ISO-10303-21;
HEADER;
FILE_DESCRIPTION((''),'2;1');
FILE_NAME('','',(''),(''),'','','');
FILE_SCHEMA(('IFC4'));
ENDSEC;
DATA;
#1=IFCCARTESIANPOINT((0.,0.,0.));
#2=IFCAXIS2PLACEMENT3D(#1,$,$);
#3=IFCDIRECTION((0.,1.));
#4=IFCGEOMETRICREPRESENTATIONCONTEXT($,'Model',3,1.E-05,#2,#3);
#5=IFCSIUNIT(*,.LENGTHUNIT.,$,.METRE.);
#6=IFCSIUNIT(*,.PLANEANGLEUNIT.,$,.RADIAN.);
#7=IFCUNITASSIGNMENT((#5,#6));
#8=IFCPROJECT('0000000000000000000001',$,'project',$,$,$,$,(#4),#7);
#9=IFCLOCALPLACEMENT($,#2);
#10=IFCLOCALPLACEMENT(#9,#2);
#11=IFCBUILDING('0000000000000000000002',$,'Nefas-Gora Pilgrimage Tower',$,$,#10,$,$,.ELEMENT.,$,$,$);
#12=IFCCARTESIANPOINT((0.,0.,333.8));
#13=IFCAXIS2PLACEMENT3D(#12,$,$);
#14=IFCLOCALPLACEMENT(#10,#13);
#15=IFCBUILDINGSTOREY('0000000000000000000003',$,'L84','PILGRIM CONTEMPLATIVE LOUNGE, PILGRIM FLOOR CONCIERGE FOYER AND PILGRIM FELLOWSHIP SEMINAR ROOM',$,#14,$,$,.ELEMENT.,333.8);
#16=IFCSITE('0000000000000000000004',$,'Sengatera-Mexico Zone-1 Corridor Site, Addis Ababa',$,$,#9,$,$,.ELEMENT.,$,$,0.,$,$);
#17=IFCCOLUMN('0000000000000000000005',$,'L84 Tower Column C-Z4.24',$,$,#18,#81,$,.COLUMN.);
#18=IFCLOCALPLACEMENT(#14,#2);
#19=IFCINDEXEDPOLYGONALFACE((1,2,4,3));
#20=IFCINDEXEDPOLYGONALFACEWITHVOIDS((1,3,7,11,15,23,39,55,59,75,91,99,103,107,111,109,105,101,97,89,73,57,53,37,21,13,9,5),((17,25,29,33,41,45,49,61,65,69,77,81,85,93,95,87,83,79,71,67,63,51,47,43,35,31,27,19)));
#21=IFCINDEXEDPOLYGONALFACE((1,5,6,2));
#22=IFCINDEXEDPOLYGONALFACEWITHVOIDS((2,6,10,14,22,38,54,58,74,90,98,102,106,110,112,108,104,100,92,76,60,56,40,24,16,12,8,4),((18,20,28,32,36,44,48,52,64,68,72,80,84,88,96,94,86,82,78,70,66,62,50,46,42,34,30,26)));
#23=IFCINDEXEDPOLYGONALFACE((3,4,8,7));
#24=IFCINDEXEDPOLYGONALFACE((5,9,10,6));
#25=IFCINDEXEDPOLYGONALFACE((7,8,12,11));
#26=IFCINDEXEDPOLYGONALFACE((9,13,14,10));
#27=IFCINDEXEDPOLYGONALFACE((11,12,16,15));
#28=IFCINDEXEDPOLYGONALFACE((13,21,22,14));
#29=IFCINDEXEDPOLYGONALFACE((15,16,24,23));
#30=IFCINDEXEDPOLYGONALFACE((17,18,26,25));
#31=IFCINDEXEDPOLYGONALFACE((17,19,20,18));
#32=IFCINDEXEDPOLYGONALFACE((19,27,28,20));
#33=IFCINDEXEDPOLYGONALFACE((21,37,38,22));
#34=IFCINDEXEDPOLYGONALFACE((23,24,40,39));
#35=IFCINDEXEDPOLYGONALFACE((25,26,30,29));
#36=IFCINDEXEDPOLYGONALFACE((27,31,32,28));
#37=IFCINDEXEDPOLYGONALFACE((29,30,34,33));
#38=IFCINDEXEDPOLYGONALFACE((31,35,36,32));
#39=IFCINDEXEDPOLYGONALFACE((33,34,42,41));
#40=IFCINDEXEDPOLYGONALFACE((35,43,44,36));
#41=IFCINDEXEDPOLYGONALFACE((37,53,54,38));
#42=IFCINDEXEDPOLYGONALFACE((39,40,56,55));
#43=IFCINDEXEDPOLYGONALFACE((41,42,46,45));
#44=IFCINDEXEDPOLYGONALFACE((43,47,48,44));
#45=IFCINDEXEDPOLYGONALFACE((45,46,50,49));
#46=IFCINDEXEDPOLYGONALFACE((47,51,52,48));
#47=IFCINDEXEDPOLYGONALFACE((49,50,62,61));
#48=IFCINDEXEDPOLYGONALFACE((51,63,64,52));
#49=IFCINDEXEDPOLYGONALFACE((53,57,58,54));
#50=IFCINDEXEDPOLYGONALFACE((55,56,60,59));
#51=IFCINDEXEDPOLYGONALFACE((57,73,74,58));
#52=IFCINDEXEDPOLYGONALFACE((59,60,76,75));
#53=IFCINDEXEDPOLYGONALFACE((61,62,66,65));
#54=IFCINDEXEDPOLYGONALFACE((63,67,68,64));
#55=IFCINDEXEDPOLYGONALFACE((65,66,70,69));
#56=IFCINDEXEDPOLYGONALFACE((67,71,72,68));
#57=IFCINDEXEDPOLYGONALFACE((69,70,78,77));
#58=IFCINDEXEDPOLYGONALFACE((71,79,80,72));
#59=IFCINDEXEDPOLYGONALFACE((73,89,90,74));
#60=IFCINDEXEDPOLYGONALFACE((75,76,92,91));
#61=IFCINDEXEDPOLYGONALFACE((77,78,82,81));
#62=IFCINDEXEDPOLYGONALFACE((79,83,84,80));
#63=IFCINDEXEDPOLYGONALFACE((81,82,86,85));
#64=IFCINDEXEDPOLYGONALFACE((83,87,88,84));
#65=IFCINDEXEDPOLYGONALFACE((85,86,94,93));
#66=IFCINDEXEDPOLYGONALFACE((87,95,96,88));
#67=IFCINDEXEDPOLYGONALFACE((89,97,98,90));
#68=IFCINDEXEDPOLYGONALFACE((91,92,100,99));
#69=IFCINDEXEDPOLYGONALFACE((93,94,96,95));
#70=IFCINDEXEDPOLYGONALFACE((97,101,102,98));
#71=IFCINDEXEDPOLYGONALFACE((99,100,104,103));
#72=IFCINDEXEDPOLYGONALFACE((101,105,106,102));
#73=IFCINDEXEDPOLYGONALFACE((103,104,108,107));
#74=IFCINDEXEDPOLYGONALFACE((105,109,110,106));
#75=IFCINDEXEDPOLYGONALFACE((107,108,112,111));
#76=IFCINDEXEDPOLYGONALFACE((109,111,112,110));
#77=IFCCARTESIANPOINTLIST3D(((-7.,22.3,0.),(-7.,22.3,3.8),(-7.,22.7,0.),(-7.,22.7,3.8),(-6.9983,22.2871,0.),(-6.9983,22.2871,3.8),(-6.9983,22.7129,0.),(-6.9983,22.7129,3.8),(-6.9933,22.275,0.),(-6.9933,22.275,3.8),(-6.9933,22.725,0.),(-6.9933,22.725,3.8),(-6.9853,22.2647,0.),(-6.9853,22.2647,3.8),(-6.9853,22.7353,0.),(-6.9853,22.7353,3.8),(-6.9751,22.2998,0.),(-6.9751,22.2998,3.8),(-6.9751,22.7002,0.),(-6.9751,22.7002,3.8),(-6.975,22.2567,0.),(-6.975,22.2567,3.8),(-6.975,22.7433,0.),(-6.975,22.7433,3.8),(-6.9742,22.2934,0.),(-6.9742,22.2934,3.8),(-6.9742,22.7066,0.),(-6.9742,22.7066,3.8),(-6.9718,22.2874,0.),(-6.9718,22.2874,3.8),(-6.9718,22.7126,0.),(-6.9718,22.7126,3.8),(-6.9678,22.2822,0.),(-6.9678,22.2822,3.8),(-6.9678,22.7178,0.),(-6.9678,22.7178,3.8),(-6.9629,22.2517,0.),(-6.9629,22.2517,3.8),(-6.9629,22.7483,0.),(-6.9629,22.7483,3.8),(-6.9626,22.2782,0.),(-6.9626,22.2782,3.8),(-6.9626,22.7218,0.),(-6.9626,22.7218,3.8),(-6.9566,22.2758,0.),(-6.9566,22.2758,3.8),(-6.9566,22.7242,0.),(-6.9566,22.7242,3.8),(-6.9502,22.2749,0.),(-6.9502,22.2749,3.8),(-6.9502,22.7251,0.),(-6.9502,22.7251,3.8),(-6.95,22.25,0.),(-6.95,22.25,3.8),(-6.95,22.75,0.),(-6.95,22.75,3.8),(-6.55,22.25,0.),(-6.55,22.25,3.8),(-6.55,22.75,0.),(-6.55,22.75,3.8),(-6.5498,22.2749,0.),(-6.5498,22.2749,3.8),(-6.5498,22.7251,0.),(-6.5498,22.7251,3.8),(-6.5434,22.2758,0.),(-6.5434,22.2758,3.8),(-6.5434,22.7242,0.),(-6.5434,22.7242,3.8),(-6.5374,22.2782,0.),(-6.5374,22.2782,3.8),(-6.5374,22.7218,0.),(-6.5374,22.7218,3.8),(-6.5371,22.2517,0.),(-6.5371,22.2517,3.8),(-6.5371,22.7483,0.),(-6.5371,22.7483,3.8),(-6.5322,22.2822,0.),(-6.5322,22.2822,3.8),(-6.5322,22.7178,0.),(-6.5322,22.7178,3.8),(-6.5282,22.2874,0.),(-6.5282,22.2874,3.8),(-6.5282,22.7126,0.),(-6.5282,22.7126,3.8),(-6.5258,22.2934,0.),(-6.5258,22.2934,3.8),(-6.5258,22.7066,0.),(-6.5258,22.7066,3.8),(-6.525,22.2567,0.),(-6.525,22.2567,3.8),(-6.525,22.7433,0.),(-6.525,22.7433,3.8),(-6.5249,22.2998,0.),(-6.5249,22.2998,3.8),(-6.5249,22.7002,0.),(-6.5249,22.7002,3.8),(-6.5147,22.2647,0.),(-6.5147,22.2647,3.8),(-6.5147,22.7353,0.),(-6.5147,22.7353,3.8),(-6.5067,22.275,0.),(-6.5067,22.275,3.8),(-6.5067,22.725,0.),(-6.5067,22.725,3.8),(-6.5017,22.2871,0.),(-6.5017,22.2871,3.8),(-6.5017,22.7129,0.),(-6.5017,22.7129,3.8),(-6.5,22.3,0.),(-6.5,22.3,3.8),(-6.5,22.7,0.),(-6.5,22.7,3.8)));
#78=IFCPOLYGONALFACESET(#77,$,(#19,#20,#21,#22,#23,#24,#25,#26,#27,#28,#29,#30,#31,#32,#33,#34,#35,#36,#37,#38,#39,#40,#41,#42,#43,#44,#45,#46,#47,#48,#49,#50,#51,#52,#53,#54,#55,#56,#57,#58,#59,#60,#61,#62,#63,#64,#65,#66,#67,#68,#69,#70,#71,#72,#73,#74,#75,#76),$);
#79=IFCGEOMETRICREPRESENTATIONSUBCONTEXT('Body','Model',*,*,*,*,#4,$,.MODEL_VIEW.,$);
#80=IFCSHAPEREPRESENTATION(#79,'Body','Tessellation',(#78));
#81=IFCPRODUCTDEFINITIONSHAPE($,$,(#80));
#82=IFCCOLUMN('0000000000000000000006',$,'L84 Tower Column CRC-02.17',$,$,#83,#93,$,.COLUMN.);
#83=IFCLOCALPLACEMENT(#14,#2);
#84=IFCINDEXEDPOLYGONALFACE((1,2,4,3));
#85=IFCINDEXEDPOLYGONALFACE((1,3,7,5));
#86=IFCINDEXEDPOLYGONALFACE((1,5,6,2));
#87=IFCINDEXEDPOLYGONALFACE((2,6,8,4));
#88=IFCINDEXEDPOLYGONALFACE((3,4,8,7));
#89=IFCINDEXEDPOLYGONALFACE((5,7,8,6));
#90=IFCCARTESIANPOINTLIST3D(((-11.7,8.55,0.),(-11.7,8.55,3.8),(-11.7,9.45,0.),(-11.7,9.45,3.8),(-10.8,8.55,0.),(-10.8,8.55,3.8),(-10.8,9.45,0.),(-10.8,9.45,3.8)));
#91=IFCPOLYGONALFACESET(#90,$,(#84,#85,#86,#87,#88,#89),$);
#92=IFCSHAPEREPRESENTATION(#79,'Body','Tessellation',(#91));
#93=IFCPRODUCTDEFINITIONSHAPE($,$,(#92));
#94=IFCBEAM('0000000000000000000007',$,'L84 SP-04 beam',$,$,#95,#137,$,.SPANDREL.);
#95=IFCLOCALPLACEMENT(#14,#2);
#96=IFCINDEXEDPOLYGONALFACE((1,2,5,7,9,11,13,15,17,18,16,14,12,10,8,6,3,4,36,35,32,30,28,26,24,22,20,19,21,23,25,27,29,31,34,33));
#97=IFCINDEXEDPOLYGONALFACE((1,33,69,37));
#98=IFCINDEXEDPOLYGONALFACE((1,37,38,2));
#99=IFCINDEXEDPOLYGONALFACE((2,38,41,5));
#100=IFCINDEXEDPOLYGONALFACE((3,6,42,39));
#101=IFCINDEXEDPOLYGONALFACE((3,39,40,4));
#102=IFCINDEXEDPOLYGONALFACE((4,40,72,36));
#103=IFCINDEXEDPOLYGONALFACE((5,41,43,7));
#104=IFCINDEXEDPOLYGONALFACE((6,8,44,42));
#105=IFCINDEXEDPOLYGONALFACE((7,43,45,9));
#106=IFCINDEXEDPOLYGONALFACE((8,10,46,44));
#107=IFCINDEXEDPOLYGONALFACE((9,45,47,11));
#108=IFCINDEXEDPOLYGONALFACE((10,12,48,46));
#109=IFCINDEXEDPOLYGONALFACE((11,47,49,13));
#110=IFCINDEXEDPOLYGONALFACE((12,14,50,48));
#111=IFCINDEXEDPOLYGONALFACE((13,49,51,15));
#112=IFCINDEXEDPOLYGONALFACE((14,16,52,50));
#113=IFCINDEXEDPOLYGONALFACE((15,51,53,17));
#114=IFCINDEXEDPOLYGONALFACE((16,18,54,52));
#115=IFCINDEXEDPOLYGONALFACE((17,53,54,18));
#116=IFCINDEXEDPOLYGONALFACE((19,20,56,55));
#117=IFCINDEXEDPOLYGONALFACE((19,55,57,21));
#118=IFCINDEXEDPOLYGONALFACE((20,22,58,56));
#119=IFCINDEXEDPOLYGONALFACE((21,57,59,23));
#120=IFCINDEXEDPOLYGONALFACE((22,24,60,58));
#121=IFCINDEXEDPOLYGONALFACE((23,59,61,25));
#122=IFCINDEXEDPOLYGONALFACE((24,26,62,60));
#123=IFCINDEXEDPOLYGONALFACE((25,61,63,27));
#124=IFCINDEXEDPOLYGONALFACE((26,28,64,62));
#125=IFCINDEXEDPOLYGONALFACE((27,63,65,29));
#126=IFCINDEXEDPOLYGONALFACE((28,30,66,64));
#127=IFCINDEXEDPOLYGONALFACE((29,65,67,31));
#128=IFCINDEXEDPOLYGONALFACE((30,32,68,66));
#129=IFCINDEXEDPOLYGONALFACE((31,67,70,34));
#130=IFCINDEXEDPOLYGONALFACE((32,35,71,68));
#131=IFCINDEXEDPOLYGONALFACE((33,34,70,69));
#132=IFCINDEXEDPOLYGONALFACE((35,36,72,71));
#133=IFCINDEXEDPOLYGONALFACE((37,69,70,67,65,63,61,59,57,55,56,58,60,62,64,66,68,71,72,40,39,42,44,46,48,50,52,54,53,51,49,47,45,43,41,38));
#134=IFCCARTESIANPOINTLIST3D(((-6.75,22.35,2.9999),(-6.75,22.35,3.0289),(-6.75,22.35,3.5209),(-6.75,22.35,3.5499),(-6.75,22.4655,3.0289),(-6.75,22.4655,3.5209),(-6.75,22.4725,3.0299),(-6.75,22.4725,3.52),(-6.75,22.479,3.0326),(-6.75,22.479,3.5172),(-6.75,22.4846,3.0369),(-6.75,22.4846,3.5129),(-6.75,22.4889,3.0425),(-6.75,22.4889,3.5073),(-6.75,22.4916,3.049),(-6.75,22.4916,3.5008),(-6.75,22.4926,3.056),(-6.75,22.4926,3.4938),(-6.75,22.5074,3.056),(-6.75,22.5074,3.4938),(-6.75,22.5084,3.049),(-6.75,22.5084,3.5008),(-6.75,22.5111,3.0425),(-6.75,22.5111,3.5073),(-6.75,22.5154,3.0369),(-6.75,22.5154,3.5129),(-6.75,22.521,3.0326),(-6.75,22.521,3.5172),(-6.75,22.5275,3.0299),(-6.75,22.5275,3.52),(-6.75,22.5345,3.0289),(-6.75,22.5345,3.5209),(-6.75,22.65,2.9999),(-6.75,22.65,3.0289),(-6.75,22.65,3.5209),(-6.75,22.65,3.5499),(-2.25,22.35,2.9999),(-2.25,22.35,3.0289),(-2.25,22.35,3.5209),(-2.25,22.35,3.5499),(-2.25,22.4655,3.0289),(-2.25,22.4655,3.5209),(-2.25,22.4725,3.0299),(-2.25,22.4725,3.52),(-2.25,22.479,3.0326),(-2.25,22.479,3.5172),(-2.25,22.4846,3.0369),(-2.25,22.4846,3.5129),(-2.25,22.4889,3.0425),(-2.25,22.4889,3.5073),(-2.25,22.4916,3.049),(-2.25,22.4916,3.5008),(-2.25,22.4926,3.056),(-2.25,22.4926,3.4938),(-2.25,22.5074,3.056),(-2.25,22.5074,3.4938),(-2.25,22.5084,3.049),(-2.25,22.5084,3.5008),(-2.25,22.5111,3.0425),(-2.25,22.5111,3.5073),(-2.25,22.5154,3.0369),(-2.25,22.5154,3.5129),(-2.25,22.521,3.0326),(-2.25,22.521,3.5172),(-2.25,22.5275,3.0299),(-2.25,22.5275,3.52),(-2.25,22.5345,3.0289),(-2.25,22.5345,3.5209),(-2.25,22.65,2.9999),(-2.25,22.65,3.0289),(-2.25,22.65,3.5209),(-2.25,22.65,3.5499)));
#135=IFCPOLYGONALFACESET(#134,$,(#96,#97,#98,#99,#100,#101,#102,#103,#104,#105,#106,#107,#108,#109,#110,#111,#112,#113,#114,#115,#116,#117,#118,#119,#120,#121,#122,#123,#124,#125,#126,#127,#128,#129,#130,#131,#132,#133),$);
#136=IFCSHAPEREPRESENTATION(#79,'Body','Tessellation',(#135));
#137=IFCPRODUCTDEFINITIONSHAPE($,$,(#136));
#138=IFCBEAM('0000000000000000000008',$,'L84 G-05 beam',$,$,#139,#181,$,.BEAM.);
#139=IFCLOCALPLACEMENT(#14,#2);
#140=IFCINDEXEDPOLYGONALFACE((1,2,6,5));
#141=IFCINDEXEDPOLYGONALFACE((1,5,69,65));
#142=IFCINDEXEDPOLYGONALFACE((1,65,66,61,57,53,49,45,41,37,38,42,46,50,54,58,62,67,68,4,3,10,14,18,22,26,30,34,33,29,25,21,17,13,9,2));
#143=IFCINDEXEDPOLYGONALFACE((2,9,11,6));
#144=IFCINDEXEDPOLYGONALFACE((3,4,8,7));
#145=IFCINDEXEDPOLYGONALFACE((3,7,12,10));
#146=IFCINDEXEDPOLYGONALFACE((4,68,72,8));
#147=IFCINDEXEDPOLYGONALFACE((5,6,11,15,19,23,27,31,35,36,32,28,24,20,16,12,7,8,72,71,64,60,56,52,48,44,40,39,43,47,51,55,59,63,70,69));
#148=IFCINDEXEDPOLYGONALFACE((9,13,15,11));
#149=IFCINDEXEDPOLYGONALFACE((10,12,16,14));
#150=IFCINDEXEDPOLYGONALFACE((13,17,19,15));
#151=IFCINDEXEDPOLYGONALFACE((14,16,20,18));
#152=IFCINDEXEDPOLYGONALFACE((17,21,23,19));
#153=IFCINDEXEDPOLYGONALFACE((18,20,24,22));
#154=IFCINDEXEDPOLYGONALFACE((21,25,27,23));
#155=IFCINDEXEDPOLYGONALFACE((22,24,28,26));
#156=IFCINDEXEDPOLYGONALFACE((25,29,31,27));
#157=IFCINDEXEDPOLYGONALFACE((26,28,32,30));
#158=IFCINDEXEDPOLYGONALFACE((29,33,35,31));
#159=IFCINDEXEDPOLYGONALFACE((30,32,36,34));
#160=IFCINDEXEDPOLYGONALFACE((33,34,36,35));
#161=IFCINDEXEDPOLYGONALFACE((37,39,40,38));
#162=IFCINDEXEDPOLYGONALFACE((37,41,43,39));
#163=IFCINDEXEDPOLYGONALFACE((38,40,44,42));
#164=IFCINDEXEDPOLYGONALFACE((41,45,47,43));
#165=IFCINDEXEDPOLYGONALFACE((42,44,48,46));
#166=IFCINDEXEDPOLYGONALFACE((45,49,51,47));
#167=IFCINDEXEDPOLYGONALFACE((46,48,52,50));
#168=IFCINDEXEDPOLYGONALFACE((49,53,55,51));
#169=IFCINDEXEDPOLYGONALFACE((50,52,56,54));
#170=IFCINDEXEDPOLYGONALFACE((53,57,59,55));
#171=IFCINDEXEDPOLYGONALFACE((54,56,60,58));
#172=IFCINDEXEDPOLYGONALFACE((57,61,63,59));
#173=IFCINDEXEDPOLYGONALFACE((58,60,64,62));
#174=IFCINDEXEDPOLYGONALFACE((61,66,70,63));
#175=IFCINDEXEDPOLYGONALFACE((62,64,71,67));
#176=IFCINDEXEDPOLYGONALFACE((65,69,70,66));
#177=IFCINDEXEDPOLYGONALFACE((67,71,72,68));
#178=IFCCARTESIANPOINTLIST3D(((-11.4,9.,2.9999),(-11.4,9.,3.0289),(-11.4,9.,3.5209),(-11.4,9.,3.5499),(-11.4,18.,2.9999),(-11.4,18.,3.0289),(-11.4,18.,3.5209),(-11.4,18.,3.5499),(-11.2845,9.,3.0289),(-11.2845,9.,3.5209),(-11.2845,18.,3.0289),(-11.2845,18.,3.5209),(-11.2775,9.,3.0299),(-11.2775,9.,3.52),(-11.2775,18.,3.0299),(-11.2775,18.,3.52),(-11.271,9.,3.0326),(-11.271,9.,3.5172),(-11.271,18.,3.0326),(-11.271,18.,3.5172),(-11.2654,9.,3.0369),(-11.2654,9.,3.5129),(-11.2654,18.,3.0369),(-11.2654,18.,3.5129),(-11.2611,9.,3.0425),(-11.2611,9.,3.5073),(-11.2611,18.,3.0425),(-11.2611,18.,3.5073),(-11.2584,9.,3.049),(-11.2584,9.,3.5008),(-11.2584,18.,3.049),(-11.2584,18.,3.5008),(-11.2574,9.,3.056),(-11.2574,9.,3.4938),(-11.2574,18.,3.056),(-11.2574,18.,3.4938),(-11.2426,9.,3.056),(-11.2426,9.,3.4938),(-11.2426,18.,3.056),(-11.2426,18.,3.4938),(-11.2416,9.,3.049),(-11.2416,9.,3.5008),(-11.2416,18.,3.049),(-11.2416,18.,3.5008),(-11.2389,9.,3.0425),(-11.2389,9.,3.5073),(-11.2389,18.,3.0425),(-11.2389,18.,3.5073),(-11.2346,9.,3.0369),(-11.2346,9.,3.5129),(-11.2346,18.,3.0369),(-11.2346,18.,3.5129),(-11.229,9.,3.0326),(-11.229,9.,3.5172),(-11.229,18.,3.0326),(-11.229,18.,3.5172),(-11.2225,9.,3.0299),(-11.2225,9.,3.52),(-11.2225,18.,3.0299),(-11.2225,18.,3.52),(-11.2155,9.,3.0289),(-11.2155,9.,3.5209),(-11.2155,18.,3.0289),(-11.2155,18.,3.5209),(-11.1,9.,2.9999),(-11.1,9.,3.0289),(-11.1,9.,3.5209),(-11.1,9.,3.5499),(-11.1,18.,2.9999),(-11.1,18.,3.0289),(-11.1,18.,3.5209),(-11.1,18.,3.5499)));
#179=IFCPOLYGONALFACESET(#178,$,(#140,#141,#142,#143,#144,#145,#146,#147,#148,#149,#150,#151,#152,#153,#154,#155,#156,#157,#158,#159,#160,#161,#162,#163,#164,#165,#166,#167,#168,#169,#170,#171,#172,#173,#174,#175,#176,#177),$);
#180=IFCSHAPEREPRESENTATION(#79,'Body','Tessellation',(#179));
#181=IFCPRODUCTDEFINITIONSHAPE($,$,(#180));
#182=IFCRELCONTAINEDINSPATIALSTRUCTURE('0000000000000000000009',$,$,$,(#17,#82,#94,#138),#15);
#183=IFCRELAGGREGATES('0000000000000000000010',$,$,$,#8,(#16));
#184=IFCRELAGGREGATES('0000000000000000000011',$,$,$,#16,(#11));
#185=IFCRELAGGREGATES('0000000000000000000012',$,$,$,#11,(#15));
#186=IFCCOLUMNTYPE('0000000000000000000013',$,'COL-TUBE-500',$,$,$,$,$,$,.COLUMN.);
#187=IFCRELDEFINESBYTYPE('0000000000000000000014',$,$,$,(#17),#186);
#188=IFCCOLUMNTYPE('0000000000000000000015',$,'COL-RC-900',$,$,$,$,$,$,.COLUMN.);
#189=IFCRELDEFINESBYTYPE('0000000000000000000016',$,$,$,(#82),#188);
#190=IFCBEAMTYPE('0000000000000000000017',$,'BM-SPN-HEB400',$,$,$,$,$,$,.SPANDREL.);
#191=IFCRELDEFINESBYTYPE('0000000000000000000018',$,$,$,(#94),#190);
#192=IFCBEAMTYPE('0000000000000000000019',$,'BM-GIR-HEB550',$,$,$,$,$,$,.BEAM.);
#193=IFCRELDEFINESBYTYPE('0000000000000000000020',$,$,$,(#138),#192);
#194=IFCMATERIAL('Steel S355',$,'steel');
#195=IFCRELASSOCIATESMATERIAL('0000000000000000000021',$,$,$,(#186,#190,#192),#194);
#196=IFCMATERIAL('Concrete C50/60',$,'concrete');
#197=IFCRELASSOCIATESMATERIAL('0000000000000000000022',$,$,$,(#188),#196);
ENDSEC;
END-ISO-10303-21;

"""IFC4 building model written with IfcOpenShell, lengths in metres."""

from ifc_helpers import new_model, si_unit, direction, frame, origin, origin_2d, place, context, subcontext, project, spatial, rectangle, hollow_rectangle, i_section, extrude, source, transform, mapped, material, material_profile, profile_set, type_object, element, save


model = new_model("IFC4")

# Units and contexts
model_context = context("Model", 3, precision=1e-05, world=origin(), true_north=direction((0.0, 1.0)))
body_context = subcontext(model_context, "Body", "Model", "MODEL_VIEW")
ifc_project = project(units=[si_unit("LENGTHUNIT", "METRE"), si_unit("PLANEANGLEUNIT", "RADIAN")], contexts=[model_context])

# Site, building, storey
site_placement = place(None, origin())
site = spatial("IfcSite", under=ifc_project, at=site_placement, Name="Sengatera-Mexico Zone-1 Corridor Site, Addis Ababa", CompositionType="ELEMENT", RefElevation=0.0)
building_placement = place(site_placement, origin())
building = spatial("IfcBuilding", under=site, at=building_placement, Name="Nefas-Gora Pilgrimage Tower", CompositionType="ELEMENT")
storey_placement = place(building_placement, frame((0.0, 0.0, 333.8)))
storey = spatial("IfcBuildingStorey", under=building, at=storey_placement, Name="L84", Description="PILGRIM CONTEMPLATIVE LOUNGE, PILGRIM FLOOR CONCIERGE FOYER AND PILGRIM FELLOWSHIP SEMINAR ROOM", CompositionType="ELEMENT", Elevation=333.8)

# Columns
ifc_material_1 = material(Name="Steel S355", Category="steel")
ifc_material_profile_1 = material_profile(ifc_material_1, hollow_rectangle(XDim=0.5, YDim=0.5, WallThickness=0.0249, InnerFilletRadius=0.0249, OuterFilletRadius=0.05, at=origin_2d()), Name="SHS 500x500x25")
ifc_profile_set_1 = profile_set([ifc_material_profile_1], Name="Steel S355")
column_type_1 = type_object("IfcColumnType", Name="COL-TUBE-500", PredefinedType="COLUMN", material=ifc_profile_set_1)
shared_shape_1 = source(origin(), body_context, "Body", "SweptSolid", [
    extrude(hollow_rectangle(XDim=0.5, YDim=0.5, WallThickness=0.0249, InnerFilletRadius=0.0249, OuterFilletRadius=0.05, at=origin_2d()), origin(), (0.0, 0.0, 1.0), 3.8),
])
column_1_placement = place(storey_placement, frame((-6.75, 22.5, 0.0), z_axis=(0.0, 0.0, 1.0), x_axis=(1.0, 0.0, 0.0)))
element("IfcColumn", 1, at=column_1_placement, inside=storey, type_object=column_type_1, Name="L84 Tower Column C-Z4.24", PredefinedType="COLUMN", context=body_context, shape_type="MappedRepresentation", body=[
    mapped(shared_shape_1, transform((0.0, 0.0, 0.0), x_axis=(1.0, 0.0, 0.0), y_axis=(0.0, 1.0, 0.0), z_axis=(0.0, 0.0, 1.0), scale=1.0)),
])
ifc_material_2 = material(Name="Concrete C50/60", Category="concrete")
ifc_material_profile_2 = material_profile(ifc_material_2, rectangle(XDim=0.8999, YDim=0.8999, at=origin_2d()), Name="RC 900x900")
ifc_profile_set_2 = profile_set([ifc_material_profile_2], Name="Concrete C50/60")
column_type_2 = type_object("IfcColumnType", Name="COL-RC-900", PredefinedType="COLUMN", material=ifc_profile_set_2)
shared_shape_2 = source(origin(), body_context, "Body", "SweptSolid", [
    extrude(rectangle(XDim=0.8999, YDim=0.8999, at=origin_2d()), origin(), (0.0, 0.0, 1.0), 3.8),
])
column_2_placement = place(storey_placement, frame((-11.25, 9.0, 0.0), z_axis=(0.0, 0.0, 1.0), x_axis=(1.0, 0.0, 0.0)))
element("IfcColumn", 2, at=column_2_placement, inside=storey, type_object=column_type_2, Name="L84 Tower Column CRC-02.17", PredefinedType="COLUMN", context=body_context, shape_type="MappedRepresentation", body=[
    mapped(shared_shape_2, transform((0.0, 0.0, 0.0), x_axis=(1.0, 0.0, 0.0), y_axis=(0.0, 1.0, 0.0), z_axis=(0.0, 0.0, 1.0), scale=1.0)),
])

# Beams
ifc_material_profile_3 = material_profile(ifc_material_1, i_section(OverallWidth=0.3, OverallDepth=0.55, WebThickness=0.0149, FlangeThickness=0.0291, FilletRadius=0.0271, at=origin_2d()), Name="HEB 550")
ifc_profile_set_3 = profile_set([ifc_material_profile_3], Name="Steel S355")
beam_type_1 = type_object("IfcBeamType", Name="BM-SPN-HEB400", PredefinedType="SPANDREL", material=ifc_profile_set_3)
shared_shape_3 = source(origin(), body_context, "Body", "SweptSolid", [
    extrude(i_section(OverallWidth=0.3, OverallDepth=0.55, WebThickness=0.0149, FlangeThickness=0.0291, FilletRadius=0.0271, at=origin_2d()), origin(), (0.0, 0.0, 1.0), 4.5),
])
beam_1_placement = place(storey_placement, frame((-6.75, 22.5, 3.2749), z_axis=(1.0, 0.0, 0.0), x_axis=(0.0, 1.0, 0.0)))
element("IfcBeam", 3, at=beam_1_placement, inside=storey, type_object=beam_type_1, Name="L84 SP-04 beam", PredefinedType="SPANDREL", context=body_context, shape_type="MappedRepresentation", body=[
    mapped(shared_shape_3, transform((0.0, 0.0, 0.0), x_axis=(1.0, 0.0, 0.0), y_axis=(0.0, 1.0, 0.0), z_axis=(0.0, 0.0, 1.0), scale=1.0)),
])
ifc_material_profile_4 = material_profile(ifc_material_1, i_section(OverallWidth=0.3, OverallDepth=0.55, WebThickness=0.0149, FlangeThickness=0.0291, FilletRadius=0.0271, at=origin_2d()), Name="HEB 550")
ifc_profile_set_4 = profile_set([ifc_material_profile_4], Name="Steel S355")
beam_type_2 = type_object("IfcBeamType", Name="BM-GIR-HEB550", PredefinedType="BEAM", material=ifc_profile_set_4)
shared_shape_4 = source(origin(), body_context, "Body", "SweptSolid", [
    extrude(i_section(OverallWidth=0.3, OverallDepth=0.55, WebThickness=0.0149, FlangeThickness=0.0291, FilletRadius=0.0271, at=origin_2d()), origin(), (0.0, 0.0, 1.0), 9.0),
])
beam_2_placement = place(storey_placement, frame((-11.25, 9.0, 3.2749), z_axis=(0.0, 1.0, 0.0), x_axis=(-1.0, 0.0, 0.0)))
element("IfcBeam", 4, at=beam_2_placement, inside=storey, type_object=beam_type_2, Name="L84 G-05 beam", PredefinedType="BEAM", context=body_context, shape_type="MappedRepresentation", body=[
    mapped(shared_shape_4, transform((0.0, 0.0, 0.0), x_axis=(1.0, 0.0, 0.0), y_axis=(0.0, 1.0, 0.0), z_axis=(0.0, 0.0, 1.0), scale=1.0)),
])

save(model, "model.ifc")
